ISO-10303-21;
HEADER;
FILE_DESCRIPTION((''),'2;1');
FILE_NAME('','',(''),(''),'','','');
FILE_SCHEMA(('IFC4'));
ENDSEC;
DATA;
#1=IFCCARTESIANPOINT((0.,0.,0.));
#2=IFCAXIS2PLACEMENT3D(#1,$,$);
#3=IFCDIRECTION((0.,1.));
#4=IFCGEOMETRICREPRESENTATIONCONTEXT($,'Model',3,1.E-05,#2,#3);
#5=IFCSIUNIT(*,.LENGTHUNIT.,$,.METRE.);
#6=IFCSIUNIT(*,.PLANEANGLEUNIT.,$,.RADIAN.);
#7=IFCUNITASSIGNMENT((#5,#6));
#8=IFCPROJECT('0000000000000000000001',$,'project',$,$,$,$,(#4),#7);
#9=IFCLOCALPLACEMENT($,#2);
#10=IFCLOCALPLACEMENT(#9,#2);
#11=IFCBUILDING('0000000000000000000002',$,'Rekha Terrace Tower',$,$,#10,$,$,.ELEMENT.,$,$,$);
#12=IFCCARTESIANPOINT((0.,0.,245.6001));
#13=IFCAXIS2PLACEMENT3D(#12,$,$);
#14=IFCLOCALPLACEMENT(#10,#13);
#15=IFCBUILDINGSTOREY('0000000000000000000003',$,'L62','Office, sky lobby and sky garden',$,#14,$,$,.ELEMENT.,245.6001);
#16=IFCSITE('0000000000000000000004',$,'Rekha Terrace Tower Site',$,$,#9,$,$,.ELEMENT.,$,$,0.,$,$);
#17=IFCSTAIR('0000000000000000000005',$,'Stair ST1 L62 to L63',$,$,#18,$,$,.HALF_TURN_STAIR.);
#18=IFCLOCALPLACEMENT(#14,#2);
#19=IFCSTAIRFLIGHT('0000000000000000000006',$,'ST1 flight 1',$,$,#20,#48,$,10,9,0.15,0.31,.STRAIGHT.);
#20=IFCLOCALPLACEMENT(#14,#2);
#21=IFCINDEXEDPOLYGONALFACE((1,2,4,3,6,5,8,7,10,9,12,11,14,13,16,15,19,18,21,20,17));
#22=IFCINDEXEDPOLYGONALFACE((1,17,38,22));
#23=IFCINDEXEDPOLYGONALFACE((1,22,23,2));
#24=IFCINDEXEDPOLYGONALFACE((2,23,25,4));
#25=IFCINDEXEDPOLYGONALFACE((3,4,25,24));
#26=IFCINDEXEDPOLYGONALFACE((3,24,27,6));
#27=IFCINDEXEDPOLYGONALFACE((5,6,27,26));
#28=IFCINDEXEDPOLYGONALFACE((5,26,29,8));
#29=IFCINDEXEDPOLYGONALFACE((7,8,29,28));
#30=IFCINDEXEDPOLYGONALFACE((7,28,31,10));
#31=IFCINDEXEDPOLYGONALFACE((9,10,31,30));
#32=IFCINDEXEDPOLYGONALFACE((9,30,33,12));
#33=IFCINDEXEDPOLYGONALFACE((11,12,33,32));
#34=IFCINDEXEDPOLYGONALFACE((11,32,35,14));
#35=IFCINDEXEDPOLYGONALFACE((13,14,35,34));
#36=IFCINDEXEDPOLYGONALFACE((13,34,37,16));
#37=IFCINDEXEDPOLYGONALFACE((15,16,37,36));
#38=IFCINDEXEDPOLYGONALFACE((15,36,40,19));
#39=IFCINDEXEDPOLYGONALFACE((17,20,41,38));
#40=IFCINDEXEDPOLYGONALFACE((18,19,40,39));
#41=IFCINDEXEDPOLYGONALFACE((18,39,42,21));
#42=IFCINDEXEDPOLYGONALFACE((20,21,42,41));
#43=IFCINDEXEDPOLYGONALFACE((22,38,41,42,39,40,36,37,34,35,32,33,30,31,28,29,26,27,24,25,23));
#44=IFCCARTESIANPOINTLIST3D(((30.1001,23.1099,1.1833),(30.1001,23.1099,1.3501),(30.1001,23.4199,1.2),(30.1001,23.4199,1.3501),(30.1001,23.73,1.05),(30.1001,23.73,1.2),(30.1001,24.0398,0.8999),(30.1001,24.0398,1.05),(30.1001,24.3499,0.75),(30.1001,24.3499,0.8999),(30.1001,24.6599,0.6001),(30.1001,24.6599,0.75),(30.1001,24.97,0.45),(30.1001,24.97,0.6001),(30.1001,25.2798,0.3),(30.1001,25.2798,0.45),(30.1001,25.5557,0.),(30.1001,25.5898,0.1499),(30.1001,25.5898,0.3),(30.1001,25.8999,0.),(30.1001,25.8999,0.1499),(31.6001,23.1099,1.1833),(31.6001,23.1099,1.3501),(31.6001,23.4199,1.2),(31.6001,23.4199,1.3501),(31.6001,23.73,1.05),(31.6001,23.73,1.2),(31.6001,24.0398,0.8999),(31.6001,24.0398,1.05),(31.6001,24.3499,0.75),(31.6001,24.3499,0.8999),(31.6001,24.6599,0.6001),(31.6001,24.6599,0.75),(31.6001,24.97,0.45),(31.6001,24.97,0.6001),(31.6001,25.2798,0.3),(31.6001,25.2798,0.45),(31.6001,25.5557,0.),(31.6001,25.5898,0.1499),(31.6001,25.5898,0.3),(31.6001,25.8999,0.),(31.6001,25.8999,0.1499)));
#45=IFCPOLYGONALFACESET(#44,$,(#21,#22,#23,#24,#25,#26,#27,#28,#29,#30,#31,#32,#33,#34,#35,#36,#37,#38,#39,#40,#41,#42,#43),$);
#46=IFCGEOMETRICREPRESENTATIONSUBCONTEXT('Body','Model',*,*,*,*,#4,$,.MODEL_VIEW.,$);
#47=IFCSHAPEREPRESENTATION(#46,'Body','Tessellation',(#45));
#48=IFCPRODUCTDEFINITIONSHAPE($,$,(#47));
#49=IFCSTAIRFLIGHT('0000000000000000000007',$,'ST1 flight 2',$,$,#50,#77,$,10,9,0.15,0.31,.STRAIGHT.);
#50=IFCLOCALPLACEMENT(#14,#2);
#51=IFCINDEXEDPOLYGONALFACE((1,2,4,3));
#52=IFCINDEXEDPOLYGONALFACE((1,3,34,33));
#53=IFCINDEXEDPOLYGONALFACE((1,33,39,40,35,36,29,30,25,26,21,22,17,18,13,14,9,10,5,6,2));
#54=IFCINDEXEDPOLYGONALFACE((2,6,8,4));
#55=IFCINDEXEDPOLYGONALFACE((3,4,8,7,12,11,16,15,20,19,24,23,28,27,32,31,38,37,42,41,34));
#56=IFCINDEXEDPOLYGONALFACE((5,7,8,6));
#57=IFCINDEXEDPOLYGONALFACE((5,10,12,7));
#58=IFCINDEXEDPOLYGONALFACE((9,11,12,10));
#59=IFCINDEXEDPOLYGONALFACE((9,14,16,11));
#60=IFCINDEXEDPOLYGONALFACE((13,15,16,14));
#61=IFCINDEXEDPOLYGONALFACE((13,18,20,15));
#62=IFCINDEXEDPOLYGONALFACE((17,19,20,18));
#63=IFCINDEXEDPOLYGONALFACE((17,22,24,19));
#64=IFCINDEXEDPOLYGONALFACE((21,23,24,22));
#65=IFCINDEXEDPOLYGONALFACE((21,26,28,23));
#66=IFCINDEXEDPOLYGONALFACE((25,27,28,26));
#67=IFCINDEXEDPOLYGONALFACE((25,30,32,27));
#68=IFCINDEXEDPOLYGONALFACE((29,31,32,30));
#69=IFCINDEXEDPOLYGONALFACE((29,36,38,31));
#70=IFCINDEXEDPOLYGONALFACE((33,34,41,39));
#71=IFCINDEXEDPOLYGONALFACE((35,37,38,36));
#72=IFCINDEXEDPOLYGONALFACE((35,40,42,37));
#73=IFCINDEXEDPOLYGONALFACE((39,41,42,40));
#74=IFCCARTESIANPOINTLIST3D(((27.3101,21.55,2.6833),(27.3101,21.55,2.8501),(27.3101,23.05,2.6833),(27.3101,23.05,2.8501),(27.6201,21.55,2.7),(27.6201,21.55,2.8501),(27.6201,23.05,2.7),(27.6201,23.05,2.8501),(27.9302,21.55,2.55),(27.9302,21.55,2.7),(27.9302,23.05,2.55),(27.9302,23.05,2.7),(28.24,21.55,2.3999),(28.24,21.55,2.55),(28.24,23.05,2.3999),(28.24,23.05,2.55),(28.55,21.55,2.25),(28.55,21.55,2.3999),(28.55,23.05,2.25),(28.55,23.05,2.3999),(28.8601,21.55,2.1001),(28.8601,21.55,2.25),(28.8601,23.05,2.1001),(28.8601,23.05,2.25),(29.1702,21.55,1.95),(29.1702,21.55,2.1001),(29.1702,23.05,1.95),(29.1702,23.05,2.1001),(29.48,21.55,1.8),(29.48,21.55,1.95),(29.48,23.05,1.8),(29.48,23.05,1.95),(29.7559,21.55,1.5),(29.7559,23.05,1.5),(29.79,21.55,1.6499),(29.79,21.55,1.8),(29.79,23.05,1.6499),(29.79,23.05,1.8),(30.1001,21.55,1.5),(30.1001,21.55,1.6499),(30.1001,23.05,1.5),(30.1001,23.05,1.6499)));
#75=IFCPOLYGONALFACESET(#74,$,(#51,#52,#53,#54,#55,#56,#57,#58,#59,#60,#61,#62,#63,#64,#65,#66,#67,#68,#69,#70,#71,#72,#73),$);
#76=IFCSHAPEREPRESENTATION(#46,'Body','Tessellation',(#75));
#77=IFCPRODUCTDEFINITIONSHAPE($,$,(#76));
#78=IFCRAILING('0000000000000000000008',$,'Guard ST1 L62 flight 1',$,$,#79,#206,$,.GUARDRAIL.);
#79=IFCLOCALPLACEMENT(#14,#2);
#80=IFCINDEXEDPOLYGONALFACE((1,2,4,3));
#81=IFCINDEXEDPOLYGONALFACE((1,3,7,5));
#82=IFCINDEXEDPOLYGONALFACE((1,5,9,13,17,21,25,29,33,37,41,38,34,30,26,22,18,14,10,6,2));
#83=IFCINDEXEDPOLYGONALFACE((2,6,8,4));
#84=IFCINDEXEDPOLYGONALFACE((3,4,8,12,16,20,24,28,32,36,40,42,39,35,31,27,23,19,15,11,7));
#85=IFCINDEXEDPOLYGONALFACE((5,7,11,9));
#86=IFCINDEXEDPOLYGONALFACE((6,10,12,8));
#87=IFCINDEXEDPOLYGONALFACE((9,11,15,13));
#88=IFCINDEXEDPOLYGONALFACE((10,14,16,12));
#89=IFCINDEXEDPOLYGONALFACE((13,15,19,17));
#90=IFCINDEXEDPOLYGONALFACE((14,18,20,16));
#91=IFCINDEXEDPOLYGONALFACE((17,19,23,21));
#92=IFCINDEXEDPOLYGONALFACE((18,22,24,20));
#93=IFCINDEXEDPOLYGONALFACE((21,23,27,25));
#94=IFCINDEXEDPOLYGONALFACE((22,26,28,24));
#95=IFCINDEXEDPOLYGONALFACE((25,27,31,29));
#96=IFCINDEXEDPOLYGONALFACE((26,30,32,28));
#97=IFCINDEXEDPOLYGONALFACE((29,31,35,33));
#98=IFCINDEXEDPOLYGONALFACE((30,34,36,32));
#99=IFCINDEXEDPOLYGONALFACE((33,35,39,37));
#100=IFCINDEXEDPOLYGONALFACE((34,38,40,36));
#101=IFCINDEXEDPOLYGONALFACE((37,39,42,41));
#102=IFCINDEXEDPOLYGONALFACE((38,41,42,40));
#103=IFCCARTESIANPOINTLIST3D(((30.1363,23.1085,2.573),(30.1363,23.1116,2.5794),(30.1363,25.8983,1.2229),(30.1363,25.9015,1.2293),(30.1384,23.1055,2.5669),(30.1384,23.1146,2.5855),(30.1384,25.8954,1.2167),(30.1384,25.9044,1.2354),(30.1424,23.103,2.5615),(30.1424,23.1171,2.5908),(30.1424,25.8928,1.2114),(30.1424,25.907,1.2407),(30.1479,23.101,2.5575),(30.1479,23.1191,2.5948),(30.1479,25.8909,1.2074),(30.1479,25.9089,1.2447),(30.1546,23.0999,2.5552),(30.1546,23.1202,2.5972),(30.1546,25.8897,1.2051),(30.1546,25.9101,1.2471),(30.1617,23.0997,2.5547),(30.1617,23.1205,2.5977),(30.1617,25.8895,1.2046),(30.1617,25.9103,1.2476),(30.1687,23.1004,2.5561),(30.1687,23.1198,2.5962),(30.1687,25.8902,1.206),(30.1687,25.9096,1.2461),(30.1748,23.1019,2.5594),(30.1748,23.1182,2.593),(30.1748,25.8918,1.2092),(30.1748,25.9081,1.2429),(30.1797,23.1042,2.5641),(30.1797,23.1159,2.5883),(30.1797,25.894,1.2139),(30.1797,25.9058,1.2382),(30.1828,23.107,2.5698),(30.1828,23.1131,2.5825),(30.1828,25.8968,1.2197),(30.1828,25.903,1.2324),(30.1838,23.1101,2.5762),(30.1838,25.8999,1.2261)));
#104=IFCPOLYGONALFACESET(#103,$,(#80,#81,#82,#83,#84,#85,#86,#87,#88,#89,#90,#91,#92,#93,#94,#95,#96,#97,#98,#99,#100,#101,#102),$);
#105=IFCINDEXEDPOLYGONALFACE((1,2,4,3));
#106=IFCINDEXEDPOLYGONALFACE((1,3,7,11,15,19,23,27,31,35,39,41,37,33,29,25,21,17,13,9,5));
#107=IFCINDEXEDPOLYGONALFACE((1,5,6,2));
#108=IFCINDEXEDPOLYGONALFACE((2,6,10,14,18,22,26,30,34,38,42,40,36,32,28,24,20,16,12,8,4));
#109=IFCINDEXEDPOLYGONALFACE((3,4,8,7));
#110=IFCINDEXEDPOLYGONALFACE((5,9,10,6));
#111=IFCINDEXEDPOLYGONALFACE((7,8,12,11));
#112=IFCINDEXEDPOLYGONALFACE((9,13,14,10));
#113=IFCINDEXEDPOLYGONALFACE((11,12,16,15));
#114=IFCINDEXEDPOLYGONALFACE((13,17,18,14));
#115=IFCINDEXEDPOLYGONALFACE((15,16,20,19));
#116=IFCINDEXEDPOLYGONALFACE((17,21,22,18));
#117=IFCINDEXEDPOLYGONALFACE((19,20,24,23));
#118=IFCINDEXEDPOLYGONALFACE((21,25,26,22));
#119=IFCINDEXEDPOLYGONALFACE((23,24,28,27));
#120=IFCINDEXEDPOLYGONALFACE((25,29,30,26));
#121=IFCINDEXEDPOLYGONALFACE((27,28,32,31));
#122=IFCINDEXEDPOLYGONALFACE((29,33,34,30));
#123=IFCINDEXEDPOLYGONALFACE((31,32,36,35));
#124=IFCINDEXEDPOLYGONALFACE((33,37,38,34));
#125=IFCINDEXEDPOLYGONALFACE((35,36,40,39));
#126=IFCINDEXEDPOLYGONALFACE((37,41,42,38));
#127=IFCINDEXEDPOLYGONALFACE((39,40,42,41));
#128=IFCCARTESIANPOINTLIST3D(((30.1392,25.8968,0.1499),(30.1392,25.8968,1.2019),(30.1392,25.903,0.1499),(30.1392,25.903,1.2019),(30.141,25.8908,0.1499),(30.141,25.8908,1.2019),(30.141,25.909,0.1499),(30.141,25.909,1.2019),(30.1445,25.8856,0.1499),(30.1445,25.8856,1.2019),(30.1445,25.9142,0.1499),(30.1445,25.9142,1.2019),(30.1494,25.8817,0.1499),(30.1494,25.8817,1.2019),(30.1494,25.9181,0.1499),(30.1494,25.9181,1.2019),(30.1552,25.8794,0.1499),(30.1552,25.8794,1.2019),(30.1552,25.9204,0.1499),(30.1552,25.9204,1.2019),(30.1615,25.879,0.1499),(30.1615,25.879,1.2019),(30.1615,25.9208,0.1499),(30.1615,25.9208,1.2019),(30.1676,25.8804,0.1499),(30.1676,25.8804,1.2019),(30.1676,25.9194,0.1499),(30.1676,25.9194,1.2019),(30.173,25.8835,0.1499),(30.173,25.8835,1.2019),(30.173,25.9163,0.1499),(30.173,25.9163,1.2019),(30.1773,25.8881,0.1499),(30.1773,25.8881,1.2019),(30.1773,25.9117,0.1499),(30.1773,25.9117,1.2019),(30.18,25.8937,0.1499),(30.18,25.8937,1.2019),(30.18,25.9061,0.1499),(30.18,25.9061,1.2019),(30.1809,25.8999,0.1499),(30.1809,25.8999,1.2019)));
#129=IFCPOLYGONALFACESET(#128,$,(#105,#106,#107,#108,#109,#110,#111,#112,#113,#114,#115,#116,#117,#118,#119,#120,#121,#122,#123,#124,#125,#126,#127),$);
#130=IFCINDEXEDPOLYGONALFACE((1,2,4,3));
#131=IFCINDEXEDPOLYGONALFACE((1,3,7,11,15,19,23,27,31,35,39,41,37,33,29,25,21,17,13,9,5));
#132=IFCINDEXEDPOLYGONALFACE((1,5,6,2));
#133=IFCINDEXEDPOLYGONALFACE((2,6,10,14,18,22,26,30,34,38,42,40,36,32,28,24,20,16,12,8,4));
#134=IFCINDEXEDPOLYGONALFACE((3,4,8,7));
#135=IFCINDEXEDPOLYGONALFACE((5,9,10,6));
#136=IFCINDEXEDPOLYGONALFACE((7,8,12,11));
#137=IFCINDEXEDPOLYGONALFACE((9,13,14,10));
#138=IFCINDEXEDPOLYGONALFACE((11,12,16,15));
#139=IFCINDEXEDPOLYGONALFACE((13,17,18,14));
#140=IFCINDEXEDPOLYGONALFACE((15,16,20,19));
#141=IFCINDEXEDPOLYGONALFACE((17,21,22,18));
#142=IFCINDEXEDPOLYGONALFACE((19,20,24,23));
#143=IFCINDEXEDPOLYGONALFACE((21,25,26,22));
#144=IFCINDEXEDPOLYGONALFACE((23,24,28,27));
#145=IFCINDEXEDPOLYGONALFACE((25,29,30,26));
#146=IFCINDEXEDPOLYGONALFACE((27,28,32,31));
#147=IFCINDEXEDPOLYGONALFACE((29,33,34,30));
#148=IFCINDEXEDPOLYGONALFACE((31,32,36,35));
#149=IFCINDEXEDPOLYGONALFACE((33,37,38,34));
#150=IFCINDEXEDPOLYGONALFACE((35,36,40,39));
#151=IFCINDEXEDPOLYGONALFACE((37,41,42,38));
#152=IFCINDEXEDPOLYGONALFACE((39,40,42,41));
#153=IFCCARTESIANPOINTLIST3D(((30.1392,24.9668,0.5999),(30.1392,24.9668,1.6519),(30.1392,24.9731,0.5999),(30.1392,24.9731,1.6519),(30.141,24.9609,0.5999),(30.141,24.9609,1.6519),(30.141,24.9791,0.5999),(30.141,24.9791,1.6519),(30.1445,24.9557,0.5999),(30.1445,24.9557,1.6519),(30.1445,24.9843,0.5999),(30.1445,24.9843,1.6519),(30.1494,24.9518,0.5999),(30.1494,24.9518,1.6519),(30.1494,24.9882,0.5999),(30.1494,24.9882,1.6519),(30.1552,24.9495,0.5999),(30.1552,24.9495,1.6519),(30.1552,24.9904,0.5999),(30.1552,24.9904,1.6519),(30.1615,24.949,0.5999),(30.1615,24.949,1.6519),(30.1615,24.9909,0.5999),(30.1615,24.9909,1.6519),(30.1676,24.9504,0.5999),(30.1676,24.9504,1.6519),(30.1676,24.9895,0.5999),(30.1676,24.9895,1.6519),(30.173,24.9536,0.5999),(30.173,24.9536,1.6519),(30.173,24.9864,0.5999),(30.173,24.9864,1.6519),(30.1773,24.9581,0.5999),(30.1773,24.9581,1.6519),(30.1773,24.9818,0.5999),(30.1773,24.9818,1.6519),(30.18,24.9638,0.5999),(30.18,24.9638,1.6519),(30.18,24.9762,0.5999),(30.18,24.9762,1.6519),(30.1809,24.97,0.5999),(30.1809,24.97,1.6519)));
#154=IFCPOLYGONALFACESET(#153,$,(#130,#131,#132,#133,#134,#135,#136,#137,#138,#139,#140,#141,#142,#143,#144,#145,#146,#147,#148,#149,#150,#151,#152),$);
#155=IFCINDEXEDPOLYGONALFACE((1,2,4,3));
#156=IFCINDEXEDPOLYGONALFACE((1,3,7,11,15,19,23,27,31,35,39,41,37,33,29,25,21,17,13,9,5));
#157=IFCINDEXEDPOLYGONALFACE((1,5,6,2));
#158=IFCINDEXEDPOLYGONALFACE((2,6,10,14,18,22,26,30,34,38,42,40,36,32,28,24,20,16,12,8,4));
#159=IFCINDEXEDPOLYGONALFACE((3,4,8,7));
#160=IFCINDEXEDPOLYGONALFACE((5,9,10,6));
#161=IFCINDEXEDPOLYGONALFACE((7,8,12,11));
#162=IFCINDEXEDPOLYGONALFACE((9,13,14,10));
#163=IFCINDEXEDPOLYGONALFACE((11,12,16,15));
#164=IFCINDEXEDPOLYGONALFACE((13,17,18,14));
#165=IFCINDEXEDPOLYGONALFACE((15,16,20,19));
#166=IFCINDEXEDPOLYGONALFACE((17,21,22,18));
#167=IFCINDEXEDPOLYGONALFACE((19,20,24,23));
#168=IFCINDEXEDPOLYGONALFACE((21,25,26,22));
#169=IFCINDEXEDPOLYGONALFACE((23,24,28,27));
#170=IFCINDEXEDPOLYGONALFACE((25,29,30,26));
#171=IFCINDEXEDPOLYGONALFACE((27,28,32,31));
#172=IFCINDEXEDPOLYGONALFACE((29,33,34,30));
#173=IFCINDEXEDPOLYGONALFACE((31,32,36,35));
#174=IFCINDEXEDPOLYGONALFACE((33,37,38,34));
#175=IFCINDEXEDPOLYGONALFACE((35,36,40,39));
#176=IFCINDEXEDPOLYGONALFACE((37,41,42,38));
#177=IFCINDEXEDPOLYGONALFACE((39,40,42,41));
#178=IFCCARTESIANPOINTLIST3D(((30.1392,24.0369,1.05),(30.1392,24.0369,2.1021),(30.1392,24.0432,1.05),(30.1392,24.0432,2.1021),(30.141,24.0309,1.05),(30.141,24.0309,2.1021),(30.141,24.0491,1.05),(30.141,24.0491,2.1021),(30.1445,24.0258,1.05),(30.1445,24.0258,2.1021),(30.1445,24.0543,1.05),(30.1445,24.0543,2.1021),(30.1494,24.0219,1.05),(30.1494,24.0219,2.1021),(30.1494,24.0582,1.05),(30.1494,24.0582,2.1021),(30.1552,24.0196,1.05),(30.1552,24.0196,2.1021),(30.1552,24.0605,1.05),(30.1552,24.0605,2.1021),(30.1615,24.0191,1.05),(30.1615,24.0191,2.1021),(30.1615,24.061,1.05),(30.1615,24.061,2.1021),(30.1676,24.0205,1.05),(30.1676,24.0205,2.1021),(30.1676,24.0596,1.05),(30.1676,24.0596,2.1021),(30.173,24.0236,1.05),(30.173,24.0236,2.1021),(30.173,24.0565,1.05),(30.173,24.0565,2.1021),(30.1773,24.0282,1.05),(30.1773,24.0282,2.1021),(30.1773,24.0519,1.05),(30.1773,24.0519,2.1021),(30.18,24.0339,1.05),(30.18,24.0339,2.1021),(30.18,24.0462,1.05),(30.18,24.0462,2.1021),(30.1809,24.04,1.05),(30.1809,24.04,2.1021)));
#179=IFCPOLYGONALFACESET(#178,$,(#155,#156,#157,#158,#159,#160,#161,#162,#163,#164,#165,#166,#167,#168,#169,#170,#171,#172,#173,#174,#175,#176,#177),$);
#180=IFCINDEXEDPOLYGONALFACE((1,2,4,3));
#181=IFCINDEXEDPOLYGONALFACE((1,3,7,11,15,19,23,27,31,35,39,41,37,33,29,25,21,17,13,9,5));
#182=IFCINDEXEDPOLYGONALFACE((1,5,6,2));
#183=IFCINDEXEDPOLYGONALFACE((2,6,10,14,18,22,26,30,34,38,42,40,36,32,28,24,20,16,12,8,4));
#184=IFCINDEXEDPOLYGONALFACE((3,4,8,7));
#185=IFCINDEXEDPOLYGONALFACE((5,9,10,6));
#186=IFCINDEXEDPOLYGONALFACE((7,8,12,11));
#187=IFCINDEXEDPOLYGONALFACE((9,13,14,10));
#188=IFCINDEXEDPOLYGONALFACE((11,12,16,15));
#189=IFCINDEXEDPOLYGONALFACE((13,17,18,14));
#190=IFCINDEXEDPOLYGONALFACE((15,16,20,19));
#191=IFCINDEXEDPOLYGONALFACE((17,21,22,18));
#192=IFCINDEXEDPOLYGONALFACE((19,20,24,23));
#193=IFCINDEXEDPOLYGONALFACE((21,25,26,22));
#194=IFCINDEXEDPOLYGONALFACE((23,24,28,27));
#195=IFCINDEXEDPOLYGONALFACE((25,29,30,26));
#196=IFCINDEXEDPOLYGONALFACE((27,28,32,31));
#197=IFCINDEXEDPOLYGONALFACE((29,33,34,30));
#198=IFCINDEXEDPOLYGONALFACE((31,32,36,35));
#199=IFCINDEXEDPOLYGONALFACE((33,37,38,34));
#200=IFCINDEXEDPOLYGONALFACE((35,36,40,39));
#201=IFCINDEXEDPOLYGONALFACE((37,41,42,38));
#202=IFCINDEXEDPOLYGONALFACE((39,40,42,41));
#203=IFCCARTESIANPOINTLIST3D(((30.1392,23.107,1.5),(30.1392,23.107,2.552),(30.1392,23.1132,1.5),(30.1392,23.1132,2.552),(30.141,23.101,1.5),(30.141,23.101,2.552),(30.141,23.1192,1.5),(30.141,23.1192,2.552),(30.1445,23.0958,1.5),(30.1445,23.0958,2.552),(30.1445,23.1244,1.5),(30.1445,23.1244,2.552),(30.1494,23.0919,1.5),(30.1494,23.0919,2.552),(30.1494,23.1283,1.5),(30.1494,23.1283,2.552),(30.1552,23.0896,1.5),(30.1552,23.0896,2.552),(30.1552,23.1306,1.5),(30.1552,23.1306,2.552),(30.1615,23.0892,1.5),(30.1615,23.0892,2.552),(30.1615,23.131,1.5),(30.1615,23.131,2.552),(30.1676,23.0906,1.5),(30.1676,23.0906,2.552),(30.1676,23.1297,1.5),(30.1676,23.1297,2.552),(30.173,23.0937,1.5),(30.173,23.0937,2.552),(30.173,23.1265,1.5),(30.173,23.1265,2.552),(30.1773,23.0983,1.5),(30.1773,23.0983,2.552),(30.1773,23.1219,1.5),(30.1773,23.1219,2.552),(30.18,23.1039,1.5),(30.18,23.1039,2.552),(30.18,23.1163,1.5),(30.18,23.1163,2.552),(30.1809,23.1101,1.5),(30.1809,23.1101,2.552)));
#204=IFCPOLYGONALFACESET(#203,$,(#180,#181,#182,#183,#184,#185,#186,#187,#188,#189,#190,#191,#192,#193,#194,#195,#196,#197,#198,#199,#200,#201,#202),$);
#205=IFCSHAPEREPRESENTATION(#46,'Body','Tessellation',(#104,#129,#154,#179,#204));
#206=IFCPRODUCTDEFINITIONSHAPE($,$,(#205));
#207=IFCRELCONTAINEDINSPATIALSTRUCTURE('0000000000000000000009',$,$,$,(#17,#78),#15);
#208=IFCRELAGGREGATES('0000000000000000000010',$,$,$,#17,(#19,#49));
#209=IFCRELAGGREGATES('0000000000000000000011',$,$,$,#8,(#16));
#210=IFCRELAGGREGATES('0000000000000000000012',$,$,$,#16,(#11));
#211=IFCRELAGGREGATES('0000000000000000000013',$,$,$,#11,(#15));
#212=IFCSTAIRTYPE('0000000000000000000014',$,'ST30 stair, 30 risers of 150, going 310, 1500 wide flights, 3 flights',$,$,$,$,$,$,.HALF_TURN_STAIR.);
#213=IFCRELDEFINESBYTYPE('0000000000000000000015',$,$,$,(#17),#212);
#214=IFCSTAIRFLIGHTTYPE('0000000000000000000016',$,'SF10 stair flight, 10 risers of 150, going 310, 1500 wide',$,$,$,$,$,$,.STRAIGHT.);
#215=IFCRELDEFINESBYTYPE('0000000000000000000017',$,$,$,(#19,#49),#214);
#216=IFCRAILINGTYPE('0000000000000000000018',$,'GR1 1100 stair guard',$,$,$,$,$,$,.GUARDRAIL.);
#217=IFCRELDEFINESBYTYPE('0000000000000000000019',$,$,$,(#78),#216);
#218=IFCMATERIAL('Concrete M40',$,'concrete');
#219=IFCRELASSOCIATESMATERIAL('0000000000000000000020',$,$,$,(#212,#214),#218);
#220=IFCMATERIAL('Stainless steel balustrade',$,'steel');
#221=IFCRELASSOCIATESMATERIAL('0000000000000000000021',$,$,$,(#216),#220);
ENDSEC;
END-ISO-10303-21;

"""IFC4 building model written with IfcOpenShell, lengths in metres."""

from ifc_helpers import new_model, si_unit, direction, frame, origin, origin_2d, place, context, subcontext, project, spatial, polyline, circle, outline, extrude, material, type_object, element, aggregate, save


model = new_model("IFC4")

# Units and contexts
model_context = context("Model", 3, precision=1e-05, world=origin(), true_north=direction((0.0, 1.0)))
body_context = subcontext(model_context, "Body", "Model", "MODEL_VIEW")
ifc_project = project(units=[si_unit("LENGTHUNIT", "METRE"), si_unit("PLANEANGLEUNIT", "RADIAN")], contexts=[model_context])

# Site, building, storey
site_placement = place(None, origin())
site = spatial("IfcSite", under=ifc_project, at=site_placement, Name="Rekha Terrace Tower Site", CompositionType="ELEMENT", RefElevation=0.0)
building_placement = place(site_placement, origin())
building = spatial("IfcBuilding", under=site, at=building_placement, Name="Rekha Terrace Tower", CompositionType="ELEMENT")
storey_placement = place(building_placement, frame((0.0, 0.0, 245.6001)))
storey = spatial("IfcBuildingStorey", under=building, at=storey_placement, Name="L62", Description="Office, sky lobby and sky garden", CompositionType="ELEMENT", Elevation=245.6001)

# Stair, stair flights
ifc_material_1 = material(Name="Concrete M40", Category="concrete")
stair_type = type_object("IfcStairType", Name="ST30 stair, 30 risers of 150, going 310, 1500 wide flights, 3 flights", PredefinedType="HALF_TURN_STAIR", material=ifc_material_1)
stair_placement = place(storey_placement, origin())
stair = element("IfcStair", 1, at=stair_placement, inside=storey, type_object=stair_type, Name="Stair ST1 L62 to L63", PredefinedType="HALF_TURN_STAIR")
stair_flight_type = type_object("IfcStairFlightType", Name="SF10 stair flight, 10 risers of 150, going 310, 1500 wide", PredefinedType="STRAIGHT", material=ifc_material_1)
stair_flight_1_placement = place(storey_placement, frame((30.8501, 25.8999, 0.0), z_axis=(0.0, 0.0, 1.0), x_axis=(0.0, -1.0, 0.0)))
stair_flight_1 = element("IfcStairFlight", 2, at=stair_flight_1_placement, type_object=stair_flight_type, Name="ST1 flight 1", NumberOfRisers=10, NumberOfTreads=9, PredefinedType="STRAIGHT", RiserHeight=0.15, TreadLength=0.31, context=body_context, shape_type="SweptSolid", body=[
    extrude(outline(polyline([(0.0, 0.0), (0.0, 0.1499), (0.3101, 0.1499), (0.3101, 0.3), (0.6201, 0.3), (0.6201, 0.45), (0.9299, 0.45), (0.9299, 0.6001), (1.24, 0.6001), (1.24, 0.75), (1.55, 0.75), (1.55, 0.8999), (1.8601, 0.8999), (1.8601, 1.05), (2.1699, 1.05), (2.1699, 1.2), (2.48, 1.2), (2.48, 1.3501), (2.79, 1.3501), (2.79, 1.5), (2.79, 1.1833), (0.3442, 0.0), (0.0, 0.0)])), frame((0.0, 0.75, 0.0), z_axis=(0.0, -1.0, 0.0), x_axis=(1.0, 0.0, 0.0)), (0.0, 0.0, 1.0), 1.5),
])
stair_flight_2_placement = place(storey_placement, frame((30.1001, 22.3, 1.5), z_axis=(0.0, 0.0, 1.0), x_axis=(-1.0, 0.0, 0.0)))
stair_flight_2 = element("IfcStairFlight", 3, at=stair_flight_2_placement, type_object=stair_flight_type, Name="ST1 flight 2", NumberOfRisers=10, NumberOfTreads=9, PredefinedType="STRAIGHT", RiserHeight=0.15, TreadLength=0.31, context=body_context, shape_type="SweptSolid", body=[
    extrude(outline(polyline([(0.0, 0.0), (0.0, 0.1499), (0.3101, 0.1499), (0.3101, 0.3), (0.6201, 0.3), (0.6201, 0.45), (0.9299, 0.45), (0.9299, 0.6001), (1.24, 0.6001), (1.24, 0.75), (1.55, 0.75), (1.55, 0.8999), (1.8601, 0.8999), (1.8601, 1.05), (2.1699, 1.05), (2.1699, 1.2), (2.48, 1.2), (2.48, 1.3501), (2.79, 1.3501), (2.79, 1.5), (2.79, 1.1833), (0.3442, 0.0), (0.0, 0.0)])), frame((0.0, 0.75, 0.0), z_axis=(0.0, -1.0, 0.0), x_axis=(1.0, 0.0, 0.0)), (0.0, 0.0, 1.0), 1.5),
])
aggregate(stair, [stair_flight_1, stair_flight_2])

# Railing
ifc_material_2 = material(Name="Stainless steel balustrade", Category="steel")
railing_type_1 = type_object("IfcRailingType", Name="GR1 1100 stair guard", PredefinedType="GUARDRAIL", material=ifc_material_2)
railing_1_placement = place(storey_placement, frame((30.1599, 25.8999, 0.1499)))
element("IfcRailing", 4, at=railing_1_placement, inside=storey, type_object=railing_type_1, Name="Guard ST1 L62 flight 1", PredefinedType="GUARDRAIL", context=body_context, shape_type="SweptSolid", body=[
    extrude(circle(Radius=0.0239, at=origin_2d()), frame((0.0, 0.0, 1.0762), z_axis=(0.0, -0.900134, 0.435612), x_axis=(1.0, 0.0, 0.0)), (0.0, 0.0, 1.0), 3.0994),
    extrude(circle(Radius=0.021, at=origin_2d()), origin(), (0.0, 0.0, 1.0), 1.052),
    extrude(circle(Radius=0.021, at=origin_2d()), frame((0.0, -0.9299, 0.45)), (0.0, 0.0, 1.0), 1.052),
    extrude(circle(Radius=0.021, at=origin_2d()), frame((0.0, -1.8599, 0.9001)), (0.0, 0.0, 1.0), 1.052),
    extrude(circle(Radius=0.021, at=origin_2d()), frame((0.0, -2.7898, 1.3501)), (0.0, 0.0, 1.0), 1.052),
])

save(model, "model.ifc")
